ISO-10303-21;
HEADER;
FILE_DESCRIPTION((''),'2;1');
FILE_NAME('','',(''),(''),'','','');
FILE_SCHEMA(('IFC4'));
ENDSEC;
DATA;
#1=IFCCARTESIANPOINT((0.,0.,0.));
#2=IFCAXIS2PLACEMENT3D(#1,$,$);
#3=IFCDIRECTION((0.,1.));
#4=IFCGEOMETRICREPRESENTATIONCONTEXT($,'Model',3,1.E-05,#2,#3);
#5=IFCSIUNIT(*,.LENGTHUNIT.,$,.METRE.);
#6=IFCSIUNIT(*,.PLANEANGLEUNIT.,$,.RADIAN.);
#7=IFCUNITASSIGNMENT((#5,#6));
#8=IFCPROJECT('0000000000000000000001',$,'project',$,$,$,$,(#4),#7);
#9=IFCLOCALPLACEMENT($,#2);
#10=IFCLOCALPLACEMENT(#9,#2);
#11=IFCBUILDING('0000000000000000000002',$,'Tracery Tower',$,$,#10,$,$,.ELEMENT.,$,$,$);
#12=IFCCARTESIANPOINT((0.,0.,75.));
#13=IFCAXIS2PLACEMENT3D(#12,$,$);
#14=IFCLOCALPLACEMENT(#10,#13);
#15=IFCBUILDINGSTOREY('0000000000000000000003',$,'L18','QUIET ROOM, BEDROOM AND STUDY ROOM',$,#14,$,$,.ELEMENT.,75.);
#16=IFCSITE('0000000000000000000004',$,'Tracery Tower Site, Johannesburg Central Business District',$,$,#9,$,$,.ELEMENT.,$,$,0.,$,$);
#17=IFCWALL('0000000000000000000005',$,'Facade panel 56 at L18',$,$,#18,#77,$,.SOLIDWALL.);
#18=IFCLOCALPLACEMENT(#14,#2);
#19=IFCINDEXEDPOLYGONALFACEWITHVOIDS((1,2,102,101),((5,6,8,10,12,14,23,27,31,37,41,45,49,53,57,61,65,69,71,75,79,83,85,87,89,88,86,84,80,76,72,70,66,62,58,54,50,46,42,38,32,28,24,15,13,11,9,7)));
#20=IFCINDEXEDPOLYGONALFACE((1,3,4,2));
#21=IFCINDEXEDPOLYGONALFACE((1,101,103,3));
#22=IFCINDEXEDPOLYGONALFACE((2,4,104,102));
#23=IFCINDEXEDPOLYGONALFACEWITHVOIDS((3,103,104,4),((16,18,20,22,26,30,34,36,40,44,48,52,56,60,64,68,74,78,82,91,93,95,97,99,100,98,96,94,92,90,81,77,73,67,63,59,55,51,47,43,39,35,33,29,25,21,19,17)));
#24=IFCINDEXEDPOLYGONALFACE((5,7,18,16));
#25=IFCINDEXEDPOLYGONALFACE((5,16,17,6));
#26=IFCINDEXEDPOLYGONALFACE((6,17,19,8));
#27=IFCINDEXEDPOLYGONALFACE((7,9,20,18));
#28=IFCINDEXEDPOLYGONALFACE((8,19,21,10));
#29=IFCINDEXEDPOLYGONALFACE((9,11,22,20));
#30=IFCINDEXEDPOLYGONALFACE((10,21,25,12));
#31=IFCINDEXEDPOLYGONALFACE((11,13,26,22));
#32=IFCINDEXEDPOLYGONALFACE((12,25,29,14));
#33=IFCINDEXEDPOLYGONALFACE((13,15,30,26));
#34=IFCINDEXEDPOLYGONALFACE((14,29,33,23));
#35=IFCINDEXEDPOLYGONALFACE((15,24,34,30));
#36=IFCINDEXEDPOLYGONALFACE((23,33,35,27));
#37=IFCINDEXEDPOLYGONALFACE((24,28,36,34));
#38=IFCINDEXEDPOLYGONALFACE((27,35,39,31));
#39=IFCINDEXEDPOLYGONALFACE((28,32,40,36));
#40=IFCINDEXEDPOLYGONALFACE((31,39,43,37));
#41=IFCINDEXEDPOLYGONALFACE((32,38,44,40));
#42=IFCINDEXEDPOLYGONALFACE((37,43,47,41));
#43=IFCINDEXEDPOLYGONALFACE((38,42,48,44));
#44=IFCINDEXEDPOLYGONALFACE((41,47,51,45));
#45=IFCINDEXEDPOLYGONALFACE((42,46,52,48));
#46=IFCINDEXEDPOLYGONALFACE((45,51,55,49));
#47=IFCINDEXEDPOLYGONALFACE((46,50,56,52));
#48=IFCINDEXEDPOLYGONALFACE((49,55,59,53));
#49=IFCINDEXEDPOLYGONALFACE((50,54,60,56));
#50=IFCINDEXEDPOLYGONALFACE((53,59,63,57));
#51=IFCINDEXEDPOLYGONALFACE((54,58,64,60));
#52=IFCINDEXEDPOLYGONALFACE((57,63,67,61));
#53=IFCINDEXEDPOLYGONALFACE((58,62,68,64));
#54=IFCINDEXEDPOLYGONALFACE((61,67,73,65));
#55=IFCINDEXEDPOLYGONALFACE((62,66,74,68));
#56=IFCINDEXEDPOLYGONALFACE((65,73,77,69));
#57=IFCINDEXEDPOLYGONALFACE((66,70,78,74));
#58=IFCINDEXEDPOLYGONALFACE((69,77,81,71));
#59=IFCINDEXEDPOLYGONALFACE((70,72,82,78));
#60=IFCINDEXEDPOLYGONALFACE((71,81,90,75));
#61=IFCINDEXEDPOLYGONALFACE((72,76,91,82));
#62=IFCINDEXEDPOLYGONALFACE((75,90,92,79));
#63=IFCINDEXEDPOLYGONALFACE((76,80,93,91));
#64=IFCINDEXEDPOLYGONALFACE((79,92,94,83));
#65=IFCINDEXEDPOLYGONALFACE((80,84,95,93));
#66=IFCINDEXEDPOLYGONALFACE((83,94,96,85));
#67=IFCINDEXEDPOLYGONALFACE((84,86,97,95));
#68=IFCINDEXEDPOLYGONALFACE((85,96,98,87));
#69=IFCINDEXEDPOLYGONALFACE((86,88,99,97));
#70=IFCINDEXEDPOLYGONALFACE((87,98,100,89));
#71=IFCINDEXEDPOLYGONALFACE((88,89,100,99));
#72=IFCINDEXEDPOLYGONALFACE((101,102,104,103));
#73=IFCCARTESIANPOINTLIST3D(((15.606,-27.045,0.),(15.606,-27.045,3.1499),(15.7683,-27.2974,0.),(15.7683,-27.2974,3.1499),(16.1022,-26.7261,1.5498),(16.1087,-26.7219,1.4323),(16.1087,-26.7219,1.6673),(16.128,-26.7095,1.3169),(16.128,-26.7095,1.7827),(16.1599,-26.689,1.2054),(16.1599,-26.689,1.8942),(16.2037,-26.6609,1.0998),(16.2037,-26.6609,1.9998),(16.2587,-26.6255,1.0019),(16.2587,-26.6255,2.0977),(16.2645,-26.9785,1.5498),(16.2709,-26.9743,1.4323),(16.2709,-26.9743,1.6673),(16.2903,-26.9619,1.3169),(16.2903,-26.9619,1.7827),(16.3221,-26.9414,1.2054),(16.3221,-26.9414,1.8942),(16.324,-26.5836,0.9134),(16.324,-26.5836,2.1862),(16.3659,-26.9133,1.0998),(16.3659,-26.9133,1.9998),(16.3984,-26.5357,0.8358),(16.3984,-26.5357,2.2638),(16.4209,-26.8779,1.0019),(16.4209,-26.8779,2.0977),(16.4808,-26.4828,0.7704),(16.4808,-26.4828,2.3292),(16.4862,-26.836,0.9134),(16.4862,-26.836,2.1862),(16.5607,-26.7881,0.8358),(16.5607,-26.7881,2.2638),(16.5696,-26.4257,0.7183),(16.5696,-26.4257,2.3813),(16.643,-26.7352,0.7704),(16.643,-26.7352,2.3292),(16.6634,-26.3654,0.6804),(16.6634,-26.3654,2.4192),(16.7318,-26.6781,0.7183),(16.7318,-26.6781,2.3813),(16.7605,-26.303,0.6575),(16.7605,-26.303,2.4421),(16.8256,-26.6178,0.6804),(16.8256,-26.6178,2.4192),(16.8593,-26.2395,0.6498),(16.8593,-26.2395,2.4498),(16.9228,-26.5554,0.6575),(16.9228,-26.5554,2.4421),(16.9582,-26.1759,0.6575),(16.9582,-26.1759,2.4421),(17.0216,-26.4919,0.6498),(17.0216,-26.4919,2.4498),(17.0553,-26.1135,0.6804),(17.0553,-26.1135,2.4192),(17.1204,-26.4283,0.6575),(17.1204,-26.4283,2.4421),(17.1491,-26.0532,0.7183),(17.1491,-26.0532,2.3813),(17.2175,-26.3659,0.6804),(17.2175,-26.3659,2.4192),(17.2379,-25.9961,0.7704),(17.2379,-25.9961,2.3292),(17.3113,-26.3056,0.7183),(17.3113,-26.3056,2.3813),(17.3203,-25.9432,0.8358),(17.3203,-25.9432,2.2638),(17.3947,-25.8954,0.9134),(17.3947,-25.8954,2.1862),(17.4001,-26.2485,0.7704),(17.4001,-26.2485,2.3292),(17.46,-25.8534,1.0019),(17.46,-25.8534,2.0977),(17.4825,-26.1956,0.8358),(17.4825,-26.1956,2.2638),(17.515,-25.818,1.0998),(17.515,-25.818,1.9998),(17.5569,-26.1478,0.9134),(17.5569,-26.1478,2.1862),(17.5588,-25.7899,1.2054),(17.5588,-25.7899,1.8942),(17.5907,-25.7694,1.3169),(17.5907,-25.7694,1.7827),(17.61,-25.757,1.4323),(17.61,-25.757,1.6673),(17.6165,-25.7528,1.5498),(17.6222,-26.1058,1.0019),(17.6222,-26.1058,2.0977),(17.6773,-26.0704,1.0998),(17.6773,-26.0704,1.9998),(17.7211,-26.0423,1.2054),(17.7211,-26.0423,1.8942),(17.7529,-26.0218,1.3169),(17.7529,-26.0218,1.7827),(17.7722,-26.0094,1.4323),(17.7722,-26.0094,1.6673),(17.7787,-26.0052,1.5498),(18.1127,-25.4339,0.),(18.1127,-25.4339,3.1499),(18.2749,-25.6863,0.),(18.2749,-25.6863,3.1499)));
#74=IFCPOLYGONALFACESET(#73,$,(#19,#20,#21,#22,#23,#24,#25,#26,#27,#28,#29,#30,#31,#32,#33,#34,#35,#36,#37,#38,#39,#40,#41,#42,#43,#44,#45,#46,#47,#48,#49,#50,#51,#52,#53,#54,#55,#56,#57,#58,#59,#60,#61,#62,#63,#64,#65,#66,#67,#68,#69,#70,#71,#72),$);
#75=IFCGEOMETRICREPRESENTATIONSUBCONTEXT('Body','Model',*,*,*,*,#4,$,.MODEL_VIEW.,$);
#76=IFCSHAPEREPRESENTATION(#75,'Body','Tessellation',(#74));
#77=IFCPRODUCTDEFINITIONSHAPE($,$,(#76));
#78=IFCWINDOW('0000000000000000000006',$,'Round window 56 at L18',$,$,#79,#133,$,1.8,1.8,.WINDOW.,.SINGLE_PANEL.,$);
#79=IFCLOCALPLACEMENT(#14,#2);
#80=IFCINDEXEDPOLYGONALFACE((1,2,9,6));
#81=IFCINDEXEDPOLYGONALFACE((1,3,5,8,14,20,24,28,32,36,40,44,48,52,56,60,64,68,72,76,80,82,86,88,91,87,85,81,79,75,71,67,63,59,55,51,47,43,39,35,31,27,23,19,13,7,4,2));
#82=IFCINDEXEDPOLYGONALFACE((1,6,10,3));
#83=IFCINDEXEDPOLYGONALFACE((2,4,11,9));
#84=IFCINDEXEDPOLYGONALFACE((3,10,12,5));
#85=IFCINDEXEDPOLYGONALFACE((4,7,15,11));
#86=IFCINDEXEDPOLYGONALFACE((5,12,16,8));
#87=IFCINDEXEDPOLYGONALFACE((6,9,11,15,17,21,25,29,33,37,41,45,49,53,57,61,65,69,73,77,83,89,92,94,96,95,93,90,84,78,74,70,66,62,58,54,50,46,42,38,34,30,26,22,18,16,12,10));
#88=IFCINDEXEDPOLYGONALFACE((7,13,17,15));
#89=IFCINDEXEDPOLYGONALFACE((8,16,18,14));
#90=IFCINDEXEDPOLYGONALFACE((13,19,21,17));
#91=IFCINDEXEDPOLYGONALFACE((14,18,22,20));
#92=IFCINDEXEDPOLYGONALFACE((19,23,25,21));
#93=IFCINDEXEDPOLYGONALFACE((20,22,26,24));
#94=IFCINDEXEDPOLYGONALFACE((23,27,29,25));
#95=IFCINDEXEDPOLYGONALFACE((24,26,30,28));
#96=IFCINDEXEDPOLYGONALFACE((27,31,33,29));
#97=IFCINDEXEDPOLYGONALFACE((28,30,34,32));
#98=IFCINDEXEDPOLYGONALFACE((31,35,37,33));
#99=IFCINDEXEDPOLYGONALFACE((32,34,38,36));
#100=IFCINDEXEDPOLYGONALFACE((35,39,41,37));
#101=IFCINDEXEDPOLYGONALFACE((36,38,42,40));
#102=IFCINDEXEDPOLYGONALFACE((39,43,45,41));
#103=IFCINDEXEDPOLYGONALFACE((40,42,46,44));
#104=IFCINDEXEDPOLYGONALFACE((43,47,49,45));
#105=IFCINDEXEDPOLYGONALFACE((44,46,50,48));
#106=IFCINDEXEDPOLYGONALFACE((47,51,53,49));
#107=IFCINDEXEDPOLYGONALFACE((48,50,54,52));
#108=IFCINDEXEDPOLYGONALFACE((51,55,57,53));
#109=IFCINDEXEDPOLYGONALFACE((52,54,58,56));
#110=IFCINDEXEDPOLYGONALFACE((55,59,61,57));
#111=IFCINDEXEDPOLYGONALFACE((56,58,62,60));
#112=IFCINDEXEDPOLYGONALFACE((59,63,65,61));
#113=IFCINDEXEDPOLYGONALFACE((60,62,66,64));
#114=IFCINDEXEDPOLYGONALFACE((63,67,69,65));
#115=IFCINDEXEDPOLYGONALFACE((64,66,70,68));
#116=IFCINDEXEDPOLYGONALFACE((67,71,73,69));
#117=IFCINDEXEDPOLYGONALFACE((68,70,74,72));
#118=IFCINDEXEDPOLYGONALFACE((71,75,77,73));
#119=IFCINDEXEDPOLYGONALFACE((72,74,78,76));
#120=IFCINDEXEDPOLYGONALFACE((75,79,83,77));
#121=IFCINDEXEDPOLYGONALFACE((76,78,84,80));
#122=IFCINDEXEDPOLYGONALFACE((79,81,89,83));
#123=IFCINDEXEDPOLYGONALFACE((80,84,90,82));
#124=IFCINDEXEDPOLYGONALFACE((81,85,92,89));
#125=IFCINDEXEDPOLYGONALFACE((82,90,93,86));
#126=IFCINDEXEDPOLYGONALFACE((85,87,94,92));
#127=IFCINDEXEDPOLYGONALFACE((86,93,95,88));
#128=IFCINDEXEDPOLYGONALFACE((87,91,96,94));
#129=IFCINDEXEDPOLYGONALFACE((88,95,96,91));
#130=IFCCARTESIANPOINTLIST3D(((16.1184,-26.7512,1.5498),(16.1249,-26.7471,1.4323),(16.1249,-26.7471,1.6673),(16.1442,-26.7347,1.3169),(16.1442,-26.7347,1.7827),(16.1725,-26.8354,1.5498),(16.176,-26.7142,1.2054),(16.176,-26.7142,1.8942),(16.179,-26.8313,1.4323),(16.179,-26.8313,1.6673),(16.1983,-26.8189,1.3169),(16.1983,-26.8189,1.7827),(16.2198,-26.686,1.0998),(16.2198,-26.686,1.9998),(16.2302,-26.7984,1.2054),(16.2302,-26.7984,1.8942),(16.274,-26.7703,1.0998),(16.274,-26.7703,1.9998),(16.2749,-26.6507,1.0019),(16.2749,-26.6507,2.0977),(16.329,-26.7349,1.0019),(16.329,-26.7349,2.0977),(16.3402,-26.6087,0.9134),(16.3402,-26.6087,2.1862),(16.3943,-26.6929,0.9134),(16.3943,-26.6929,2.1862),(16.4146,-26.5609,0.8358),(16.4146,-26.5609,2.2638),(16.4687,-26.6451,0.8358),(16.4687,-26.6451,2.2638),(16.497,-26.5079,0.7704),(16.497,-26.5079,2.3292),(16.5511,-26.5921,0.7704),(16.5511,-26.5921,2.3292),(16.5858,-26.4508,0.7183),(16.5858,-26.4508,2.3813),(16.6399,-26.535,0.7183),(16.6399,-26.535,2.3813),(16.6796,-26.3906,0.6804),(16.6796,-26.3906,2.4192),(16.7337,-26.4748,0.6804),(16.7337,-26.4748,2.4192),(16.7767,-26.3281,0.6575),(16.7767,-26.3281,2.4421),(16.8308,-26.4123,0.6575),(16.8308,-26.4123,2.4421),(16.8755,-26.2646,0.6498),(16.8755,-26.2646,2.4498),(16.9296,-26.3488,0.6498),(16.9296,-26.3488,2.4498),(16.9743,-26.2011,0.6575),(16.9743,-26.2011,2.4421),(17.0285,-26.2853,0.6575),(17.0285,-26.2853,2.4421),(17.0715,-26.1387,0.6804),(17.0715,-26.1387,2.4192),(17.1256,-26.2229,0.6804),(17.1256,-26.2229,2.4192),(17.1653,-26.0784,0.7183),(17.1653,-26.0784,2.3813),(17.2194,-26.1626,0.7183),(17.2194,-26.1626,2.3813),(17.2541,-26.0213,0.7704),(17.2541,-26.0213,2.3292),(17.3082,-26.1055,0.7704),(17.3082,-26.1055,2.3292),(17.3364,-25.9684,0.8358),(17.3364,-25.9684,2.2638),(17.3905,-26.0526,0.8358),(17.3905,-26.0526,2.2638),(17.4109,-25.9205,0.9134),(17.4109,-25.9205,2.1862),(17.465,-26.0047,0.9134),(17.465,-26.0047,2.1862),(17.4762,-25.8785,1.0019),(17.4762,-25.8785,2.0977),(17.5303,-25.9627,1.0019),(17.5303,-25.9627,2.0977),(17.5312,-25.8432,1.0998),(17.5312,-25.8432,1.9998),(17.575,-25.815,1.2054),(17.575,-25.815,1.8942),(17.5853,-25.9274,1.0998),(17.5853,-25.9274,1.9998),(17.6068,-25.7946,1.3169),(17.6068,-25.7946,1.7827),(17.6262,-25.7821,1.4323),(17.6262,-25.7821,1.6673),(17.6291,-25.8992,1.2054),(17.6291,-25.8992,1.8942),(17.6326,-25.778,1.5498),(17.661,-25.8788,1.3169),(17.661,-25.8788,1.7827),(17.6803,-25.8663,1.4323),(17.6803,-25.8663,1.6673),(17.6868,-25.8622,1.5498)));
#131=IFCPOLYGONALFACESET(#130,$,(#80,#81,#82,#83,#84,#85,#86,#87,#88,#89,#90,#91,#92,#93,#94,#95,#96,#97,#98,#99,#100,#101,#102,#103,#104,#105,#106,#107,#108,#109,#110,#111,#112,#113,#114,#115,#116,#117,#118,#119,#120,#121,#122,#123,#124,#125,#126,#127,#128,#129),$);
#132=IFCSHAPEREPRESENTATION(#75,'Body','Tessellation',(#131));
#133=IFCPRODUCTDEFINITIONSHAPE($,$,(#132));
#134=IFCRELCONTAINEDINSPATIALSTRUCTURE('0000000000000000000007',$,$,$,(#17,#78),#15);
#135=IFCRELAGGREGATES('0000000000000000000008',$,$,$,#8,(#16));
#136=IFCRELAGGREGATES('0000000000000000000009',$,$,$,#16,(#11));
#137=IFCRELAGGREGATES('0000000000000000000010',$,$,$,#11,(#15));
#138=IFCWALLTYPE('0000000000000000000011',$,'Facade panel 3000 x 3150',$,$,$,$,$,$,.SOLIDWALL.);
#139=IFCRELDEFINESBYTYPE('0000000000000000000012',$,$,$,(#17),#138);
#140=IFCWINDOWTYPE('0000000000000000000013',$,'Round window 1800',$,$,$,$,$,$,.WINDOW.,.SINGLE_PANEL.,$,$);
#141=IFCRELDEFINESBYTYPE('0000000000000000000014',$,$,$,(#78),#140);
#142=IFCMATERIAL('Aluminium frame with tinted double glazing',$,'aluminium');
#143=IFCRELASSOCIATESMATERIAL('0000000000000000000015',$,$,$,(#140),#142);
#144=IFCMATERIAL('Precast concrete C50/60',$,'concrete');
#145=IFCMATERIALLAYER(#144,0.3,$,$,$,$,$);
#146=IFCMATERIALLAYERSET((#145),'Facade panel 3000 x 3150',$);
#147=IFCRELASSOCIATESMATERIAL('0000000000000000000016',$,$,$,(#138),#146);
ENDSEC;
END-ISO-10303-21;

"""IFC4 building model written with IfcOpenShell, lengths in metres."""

from ifc_helpers import new_model, si_unit, direction, frame, frame_2d, origin, origin_2d, place, context, subcontext, project, spatial, rectangle, circle, extrude, material, layer, layer_set, type_object, element, fill, save


model = new_model("IFC4")

# Units and contexts
model_context = context("Model", 3, precision=1e-05, world=origin(), true_north=direction((0.0, 1.0)))
body_context = subcontext(model_context, "Body", "Model", "MODEL_VIEW")
ifc_project = project(units=[si_unit("LENGTHUNIT", "METRE"), si_unit("PLANEANGLEUNIT", "RADIAN")], contexts=[model_context])

# Site, building, storey
site_placement = place(None, origin())
site = spatial("IfcSite", under=ifc_project, at=site_placement, Name="Tracery Tower Site, Johannesburg Central Business District", CompositionType="ELEMENT", RefElevation=0.0)
building_placement = place(site_placement, origin())
building = spatial("IfcBuilding", under=site, at=building_placement, Name="Tracery Tower", CompositionType="ELEMENT")
storey_placement = place(building_placement, frame((0.0, 0.0, 75.0)))
storey = spatial("IfcBuildingStorey", under=building, at=storey_placement, Name="L18", Description="QUIET ROOM, BEDROOM AND STUDY ROOM", CompositionType="ELEMENT", Elevation=75.0)

# Wall, opening, window
ifc_material_1 = material(Name="Aluminium frame with tinted double glazing", Category="aluminium")
window_type = type_object("IfcWindowType", Name="Round window 1800", PartitioningType="SINGLE_PANEL", PredefinedType="WINDOW", material=ifc_material_1)
ifc_material_2 = material(Name="Precast concrete C50/60", Category="concrete")
ifc_layer_1 = layer(ifc_material_2, 0.3)
ifc_layer_set_1 = layer_set([ifc_layer_1], Name="Facade panel 3000 x 3150")
wall_type_1 = type_object("IfcWallType", Name="Facade panel 3000 x 3150", PredefinedType="SOLIDWALL", material=ifc_layer_set_1)
wall_1_placement = place(storey_placement, frame((15.6873, -27.1711, 0.0), z_axis=(0.0, 0.0, 1.0), x_axis=(0.841224, 0.540687, 0.0)))
wall_1 = element("IfcWall", 1, at=wall_1_placement, inside=storey, type_object=wall_type_1, Name="Facade panel 56 at L18", PredefinedType="SOLIDWALL", context=body_context, shape_type="SweptSolid", body=[
    extrude(rectangle(XDim=2.9797, YDim=0.3, at=frame_2d((1.4897, 0.0))), origin(), (0.0, 0.0, 1.0), 3.1499),
])
opening_1_placement = place(wall_1_placement, frame((1.4897, 0.0, 1.5498)))
opening_1 = element("IfcOpeningElement", 2, at=opening_1_placement, cuts=wall_1, PredefinedType="OPENING", context=body_context, shape_type="SweptSolid", body=[
    extrude(circle(Radius=0.9, at=origin_2d()), frame((0.0, 0.1599, 0.0), z_axis=(0.0, -1.0, 0.0), x_axis=(1.0, 0.0, 0.0)), (0.0, 0.0, 1.0), 0.3201),
])
window_1_placement = place(opening_1_placement, origin())
window_1 = element("IfcWindow", 3, at=window_1_placement, inside=storey, type_object=window_type, Name="Round window 56 at L18", OverallHeight=1.8, OverallWidth=1.8, PartitioningType="SINGLE_PANEL", PredefinedType="WINDOW", context=body_context, shape_type="SweptSolid", body=[
    extrude(circle(Radius=0.9, at=origin_2d()), frame((0.0, 0.1201, 0.0), z_axis=(0.0, -1.0, 0.0), x_axis=(1.0, 0.0, 0.0)), (0.0, 0.0, 1.0), 0.1001),
])
fill(opening_1, window_1)

save(model, "model.ifc")
